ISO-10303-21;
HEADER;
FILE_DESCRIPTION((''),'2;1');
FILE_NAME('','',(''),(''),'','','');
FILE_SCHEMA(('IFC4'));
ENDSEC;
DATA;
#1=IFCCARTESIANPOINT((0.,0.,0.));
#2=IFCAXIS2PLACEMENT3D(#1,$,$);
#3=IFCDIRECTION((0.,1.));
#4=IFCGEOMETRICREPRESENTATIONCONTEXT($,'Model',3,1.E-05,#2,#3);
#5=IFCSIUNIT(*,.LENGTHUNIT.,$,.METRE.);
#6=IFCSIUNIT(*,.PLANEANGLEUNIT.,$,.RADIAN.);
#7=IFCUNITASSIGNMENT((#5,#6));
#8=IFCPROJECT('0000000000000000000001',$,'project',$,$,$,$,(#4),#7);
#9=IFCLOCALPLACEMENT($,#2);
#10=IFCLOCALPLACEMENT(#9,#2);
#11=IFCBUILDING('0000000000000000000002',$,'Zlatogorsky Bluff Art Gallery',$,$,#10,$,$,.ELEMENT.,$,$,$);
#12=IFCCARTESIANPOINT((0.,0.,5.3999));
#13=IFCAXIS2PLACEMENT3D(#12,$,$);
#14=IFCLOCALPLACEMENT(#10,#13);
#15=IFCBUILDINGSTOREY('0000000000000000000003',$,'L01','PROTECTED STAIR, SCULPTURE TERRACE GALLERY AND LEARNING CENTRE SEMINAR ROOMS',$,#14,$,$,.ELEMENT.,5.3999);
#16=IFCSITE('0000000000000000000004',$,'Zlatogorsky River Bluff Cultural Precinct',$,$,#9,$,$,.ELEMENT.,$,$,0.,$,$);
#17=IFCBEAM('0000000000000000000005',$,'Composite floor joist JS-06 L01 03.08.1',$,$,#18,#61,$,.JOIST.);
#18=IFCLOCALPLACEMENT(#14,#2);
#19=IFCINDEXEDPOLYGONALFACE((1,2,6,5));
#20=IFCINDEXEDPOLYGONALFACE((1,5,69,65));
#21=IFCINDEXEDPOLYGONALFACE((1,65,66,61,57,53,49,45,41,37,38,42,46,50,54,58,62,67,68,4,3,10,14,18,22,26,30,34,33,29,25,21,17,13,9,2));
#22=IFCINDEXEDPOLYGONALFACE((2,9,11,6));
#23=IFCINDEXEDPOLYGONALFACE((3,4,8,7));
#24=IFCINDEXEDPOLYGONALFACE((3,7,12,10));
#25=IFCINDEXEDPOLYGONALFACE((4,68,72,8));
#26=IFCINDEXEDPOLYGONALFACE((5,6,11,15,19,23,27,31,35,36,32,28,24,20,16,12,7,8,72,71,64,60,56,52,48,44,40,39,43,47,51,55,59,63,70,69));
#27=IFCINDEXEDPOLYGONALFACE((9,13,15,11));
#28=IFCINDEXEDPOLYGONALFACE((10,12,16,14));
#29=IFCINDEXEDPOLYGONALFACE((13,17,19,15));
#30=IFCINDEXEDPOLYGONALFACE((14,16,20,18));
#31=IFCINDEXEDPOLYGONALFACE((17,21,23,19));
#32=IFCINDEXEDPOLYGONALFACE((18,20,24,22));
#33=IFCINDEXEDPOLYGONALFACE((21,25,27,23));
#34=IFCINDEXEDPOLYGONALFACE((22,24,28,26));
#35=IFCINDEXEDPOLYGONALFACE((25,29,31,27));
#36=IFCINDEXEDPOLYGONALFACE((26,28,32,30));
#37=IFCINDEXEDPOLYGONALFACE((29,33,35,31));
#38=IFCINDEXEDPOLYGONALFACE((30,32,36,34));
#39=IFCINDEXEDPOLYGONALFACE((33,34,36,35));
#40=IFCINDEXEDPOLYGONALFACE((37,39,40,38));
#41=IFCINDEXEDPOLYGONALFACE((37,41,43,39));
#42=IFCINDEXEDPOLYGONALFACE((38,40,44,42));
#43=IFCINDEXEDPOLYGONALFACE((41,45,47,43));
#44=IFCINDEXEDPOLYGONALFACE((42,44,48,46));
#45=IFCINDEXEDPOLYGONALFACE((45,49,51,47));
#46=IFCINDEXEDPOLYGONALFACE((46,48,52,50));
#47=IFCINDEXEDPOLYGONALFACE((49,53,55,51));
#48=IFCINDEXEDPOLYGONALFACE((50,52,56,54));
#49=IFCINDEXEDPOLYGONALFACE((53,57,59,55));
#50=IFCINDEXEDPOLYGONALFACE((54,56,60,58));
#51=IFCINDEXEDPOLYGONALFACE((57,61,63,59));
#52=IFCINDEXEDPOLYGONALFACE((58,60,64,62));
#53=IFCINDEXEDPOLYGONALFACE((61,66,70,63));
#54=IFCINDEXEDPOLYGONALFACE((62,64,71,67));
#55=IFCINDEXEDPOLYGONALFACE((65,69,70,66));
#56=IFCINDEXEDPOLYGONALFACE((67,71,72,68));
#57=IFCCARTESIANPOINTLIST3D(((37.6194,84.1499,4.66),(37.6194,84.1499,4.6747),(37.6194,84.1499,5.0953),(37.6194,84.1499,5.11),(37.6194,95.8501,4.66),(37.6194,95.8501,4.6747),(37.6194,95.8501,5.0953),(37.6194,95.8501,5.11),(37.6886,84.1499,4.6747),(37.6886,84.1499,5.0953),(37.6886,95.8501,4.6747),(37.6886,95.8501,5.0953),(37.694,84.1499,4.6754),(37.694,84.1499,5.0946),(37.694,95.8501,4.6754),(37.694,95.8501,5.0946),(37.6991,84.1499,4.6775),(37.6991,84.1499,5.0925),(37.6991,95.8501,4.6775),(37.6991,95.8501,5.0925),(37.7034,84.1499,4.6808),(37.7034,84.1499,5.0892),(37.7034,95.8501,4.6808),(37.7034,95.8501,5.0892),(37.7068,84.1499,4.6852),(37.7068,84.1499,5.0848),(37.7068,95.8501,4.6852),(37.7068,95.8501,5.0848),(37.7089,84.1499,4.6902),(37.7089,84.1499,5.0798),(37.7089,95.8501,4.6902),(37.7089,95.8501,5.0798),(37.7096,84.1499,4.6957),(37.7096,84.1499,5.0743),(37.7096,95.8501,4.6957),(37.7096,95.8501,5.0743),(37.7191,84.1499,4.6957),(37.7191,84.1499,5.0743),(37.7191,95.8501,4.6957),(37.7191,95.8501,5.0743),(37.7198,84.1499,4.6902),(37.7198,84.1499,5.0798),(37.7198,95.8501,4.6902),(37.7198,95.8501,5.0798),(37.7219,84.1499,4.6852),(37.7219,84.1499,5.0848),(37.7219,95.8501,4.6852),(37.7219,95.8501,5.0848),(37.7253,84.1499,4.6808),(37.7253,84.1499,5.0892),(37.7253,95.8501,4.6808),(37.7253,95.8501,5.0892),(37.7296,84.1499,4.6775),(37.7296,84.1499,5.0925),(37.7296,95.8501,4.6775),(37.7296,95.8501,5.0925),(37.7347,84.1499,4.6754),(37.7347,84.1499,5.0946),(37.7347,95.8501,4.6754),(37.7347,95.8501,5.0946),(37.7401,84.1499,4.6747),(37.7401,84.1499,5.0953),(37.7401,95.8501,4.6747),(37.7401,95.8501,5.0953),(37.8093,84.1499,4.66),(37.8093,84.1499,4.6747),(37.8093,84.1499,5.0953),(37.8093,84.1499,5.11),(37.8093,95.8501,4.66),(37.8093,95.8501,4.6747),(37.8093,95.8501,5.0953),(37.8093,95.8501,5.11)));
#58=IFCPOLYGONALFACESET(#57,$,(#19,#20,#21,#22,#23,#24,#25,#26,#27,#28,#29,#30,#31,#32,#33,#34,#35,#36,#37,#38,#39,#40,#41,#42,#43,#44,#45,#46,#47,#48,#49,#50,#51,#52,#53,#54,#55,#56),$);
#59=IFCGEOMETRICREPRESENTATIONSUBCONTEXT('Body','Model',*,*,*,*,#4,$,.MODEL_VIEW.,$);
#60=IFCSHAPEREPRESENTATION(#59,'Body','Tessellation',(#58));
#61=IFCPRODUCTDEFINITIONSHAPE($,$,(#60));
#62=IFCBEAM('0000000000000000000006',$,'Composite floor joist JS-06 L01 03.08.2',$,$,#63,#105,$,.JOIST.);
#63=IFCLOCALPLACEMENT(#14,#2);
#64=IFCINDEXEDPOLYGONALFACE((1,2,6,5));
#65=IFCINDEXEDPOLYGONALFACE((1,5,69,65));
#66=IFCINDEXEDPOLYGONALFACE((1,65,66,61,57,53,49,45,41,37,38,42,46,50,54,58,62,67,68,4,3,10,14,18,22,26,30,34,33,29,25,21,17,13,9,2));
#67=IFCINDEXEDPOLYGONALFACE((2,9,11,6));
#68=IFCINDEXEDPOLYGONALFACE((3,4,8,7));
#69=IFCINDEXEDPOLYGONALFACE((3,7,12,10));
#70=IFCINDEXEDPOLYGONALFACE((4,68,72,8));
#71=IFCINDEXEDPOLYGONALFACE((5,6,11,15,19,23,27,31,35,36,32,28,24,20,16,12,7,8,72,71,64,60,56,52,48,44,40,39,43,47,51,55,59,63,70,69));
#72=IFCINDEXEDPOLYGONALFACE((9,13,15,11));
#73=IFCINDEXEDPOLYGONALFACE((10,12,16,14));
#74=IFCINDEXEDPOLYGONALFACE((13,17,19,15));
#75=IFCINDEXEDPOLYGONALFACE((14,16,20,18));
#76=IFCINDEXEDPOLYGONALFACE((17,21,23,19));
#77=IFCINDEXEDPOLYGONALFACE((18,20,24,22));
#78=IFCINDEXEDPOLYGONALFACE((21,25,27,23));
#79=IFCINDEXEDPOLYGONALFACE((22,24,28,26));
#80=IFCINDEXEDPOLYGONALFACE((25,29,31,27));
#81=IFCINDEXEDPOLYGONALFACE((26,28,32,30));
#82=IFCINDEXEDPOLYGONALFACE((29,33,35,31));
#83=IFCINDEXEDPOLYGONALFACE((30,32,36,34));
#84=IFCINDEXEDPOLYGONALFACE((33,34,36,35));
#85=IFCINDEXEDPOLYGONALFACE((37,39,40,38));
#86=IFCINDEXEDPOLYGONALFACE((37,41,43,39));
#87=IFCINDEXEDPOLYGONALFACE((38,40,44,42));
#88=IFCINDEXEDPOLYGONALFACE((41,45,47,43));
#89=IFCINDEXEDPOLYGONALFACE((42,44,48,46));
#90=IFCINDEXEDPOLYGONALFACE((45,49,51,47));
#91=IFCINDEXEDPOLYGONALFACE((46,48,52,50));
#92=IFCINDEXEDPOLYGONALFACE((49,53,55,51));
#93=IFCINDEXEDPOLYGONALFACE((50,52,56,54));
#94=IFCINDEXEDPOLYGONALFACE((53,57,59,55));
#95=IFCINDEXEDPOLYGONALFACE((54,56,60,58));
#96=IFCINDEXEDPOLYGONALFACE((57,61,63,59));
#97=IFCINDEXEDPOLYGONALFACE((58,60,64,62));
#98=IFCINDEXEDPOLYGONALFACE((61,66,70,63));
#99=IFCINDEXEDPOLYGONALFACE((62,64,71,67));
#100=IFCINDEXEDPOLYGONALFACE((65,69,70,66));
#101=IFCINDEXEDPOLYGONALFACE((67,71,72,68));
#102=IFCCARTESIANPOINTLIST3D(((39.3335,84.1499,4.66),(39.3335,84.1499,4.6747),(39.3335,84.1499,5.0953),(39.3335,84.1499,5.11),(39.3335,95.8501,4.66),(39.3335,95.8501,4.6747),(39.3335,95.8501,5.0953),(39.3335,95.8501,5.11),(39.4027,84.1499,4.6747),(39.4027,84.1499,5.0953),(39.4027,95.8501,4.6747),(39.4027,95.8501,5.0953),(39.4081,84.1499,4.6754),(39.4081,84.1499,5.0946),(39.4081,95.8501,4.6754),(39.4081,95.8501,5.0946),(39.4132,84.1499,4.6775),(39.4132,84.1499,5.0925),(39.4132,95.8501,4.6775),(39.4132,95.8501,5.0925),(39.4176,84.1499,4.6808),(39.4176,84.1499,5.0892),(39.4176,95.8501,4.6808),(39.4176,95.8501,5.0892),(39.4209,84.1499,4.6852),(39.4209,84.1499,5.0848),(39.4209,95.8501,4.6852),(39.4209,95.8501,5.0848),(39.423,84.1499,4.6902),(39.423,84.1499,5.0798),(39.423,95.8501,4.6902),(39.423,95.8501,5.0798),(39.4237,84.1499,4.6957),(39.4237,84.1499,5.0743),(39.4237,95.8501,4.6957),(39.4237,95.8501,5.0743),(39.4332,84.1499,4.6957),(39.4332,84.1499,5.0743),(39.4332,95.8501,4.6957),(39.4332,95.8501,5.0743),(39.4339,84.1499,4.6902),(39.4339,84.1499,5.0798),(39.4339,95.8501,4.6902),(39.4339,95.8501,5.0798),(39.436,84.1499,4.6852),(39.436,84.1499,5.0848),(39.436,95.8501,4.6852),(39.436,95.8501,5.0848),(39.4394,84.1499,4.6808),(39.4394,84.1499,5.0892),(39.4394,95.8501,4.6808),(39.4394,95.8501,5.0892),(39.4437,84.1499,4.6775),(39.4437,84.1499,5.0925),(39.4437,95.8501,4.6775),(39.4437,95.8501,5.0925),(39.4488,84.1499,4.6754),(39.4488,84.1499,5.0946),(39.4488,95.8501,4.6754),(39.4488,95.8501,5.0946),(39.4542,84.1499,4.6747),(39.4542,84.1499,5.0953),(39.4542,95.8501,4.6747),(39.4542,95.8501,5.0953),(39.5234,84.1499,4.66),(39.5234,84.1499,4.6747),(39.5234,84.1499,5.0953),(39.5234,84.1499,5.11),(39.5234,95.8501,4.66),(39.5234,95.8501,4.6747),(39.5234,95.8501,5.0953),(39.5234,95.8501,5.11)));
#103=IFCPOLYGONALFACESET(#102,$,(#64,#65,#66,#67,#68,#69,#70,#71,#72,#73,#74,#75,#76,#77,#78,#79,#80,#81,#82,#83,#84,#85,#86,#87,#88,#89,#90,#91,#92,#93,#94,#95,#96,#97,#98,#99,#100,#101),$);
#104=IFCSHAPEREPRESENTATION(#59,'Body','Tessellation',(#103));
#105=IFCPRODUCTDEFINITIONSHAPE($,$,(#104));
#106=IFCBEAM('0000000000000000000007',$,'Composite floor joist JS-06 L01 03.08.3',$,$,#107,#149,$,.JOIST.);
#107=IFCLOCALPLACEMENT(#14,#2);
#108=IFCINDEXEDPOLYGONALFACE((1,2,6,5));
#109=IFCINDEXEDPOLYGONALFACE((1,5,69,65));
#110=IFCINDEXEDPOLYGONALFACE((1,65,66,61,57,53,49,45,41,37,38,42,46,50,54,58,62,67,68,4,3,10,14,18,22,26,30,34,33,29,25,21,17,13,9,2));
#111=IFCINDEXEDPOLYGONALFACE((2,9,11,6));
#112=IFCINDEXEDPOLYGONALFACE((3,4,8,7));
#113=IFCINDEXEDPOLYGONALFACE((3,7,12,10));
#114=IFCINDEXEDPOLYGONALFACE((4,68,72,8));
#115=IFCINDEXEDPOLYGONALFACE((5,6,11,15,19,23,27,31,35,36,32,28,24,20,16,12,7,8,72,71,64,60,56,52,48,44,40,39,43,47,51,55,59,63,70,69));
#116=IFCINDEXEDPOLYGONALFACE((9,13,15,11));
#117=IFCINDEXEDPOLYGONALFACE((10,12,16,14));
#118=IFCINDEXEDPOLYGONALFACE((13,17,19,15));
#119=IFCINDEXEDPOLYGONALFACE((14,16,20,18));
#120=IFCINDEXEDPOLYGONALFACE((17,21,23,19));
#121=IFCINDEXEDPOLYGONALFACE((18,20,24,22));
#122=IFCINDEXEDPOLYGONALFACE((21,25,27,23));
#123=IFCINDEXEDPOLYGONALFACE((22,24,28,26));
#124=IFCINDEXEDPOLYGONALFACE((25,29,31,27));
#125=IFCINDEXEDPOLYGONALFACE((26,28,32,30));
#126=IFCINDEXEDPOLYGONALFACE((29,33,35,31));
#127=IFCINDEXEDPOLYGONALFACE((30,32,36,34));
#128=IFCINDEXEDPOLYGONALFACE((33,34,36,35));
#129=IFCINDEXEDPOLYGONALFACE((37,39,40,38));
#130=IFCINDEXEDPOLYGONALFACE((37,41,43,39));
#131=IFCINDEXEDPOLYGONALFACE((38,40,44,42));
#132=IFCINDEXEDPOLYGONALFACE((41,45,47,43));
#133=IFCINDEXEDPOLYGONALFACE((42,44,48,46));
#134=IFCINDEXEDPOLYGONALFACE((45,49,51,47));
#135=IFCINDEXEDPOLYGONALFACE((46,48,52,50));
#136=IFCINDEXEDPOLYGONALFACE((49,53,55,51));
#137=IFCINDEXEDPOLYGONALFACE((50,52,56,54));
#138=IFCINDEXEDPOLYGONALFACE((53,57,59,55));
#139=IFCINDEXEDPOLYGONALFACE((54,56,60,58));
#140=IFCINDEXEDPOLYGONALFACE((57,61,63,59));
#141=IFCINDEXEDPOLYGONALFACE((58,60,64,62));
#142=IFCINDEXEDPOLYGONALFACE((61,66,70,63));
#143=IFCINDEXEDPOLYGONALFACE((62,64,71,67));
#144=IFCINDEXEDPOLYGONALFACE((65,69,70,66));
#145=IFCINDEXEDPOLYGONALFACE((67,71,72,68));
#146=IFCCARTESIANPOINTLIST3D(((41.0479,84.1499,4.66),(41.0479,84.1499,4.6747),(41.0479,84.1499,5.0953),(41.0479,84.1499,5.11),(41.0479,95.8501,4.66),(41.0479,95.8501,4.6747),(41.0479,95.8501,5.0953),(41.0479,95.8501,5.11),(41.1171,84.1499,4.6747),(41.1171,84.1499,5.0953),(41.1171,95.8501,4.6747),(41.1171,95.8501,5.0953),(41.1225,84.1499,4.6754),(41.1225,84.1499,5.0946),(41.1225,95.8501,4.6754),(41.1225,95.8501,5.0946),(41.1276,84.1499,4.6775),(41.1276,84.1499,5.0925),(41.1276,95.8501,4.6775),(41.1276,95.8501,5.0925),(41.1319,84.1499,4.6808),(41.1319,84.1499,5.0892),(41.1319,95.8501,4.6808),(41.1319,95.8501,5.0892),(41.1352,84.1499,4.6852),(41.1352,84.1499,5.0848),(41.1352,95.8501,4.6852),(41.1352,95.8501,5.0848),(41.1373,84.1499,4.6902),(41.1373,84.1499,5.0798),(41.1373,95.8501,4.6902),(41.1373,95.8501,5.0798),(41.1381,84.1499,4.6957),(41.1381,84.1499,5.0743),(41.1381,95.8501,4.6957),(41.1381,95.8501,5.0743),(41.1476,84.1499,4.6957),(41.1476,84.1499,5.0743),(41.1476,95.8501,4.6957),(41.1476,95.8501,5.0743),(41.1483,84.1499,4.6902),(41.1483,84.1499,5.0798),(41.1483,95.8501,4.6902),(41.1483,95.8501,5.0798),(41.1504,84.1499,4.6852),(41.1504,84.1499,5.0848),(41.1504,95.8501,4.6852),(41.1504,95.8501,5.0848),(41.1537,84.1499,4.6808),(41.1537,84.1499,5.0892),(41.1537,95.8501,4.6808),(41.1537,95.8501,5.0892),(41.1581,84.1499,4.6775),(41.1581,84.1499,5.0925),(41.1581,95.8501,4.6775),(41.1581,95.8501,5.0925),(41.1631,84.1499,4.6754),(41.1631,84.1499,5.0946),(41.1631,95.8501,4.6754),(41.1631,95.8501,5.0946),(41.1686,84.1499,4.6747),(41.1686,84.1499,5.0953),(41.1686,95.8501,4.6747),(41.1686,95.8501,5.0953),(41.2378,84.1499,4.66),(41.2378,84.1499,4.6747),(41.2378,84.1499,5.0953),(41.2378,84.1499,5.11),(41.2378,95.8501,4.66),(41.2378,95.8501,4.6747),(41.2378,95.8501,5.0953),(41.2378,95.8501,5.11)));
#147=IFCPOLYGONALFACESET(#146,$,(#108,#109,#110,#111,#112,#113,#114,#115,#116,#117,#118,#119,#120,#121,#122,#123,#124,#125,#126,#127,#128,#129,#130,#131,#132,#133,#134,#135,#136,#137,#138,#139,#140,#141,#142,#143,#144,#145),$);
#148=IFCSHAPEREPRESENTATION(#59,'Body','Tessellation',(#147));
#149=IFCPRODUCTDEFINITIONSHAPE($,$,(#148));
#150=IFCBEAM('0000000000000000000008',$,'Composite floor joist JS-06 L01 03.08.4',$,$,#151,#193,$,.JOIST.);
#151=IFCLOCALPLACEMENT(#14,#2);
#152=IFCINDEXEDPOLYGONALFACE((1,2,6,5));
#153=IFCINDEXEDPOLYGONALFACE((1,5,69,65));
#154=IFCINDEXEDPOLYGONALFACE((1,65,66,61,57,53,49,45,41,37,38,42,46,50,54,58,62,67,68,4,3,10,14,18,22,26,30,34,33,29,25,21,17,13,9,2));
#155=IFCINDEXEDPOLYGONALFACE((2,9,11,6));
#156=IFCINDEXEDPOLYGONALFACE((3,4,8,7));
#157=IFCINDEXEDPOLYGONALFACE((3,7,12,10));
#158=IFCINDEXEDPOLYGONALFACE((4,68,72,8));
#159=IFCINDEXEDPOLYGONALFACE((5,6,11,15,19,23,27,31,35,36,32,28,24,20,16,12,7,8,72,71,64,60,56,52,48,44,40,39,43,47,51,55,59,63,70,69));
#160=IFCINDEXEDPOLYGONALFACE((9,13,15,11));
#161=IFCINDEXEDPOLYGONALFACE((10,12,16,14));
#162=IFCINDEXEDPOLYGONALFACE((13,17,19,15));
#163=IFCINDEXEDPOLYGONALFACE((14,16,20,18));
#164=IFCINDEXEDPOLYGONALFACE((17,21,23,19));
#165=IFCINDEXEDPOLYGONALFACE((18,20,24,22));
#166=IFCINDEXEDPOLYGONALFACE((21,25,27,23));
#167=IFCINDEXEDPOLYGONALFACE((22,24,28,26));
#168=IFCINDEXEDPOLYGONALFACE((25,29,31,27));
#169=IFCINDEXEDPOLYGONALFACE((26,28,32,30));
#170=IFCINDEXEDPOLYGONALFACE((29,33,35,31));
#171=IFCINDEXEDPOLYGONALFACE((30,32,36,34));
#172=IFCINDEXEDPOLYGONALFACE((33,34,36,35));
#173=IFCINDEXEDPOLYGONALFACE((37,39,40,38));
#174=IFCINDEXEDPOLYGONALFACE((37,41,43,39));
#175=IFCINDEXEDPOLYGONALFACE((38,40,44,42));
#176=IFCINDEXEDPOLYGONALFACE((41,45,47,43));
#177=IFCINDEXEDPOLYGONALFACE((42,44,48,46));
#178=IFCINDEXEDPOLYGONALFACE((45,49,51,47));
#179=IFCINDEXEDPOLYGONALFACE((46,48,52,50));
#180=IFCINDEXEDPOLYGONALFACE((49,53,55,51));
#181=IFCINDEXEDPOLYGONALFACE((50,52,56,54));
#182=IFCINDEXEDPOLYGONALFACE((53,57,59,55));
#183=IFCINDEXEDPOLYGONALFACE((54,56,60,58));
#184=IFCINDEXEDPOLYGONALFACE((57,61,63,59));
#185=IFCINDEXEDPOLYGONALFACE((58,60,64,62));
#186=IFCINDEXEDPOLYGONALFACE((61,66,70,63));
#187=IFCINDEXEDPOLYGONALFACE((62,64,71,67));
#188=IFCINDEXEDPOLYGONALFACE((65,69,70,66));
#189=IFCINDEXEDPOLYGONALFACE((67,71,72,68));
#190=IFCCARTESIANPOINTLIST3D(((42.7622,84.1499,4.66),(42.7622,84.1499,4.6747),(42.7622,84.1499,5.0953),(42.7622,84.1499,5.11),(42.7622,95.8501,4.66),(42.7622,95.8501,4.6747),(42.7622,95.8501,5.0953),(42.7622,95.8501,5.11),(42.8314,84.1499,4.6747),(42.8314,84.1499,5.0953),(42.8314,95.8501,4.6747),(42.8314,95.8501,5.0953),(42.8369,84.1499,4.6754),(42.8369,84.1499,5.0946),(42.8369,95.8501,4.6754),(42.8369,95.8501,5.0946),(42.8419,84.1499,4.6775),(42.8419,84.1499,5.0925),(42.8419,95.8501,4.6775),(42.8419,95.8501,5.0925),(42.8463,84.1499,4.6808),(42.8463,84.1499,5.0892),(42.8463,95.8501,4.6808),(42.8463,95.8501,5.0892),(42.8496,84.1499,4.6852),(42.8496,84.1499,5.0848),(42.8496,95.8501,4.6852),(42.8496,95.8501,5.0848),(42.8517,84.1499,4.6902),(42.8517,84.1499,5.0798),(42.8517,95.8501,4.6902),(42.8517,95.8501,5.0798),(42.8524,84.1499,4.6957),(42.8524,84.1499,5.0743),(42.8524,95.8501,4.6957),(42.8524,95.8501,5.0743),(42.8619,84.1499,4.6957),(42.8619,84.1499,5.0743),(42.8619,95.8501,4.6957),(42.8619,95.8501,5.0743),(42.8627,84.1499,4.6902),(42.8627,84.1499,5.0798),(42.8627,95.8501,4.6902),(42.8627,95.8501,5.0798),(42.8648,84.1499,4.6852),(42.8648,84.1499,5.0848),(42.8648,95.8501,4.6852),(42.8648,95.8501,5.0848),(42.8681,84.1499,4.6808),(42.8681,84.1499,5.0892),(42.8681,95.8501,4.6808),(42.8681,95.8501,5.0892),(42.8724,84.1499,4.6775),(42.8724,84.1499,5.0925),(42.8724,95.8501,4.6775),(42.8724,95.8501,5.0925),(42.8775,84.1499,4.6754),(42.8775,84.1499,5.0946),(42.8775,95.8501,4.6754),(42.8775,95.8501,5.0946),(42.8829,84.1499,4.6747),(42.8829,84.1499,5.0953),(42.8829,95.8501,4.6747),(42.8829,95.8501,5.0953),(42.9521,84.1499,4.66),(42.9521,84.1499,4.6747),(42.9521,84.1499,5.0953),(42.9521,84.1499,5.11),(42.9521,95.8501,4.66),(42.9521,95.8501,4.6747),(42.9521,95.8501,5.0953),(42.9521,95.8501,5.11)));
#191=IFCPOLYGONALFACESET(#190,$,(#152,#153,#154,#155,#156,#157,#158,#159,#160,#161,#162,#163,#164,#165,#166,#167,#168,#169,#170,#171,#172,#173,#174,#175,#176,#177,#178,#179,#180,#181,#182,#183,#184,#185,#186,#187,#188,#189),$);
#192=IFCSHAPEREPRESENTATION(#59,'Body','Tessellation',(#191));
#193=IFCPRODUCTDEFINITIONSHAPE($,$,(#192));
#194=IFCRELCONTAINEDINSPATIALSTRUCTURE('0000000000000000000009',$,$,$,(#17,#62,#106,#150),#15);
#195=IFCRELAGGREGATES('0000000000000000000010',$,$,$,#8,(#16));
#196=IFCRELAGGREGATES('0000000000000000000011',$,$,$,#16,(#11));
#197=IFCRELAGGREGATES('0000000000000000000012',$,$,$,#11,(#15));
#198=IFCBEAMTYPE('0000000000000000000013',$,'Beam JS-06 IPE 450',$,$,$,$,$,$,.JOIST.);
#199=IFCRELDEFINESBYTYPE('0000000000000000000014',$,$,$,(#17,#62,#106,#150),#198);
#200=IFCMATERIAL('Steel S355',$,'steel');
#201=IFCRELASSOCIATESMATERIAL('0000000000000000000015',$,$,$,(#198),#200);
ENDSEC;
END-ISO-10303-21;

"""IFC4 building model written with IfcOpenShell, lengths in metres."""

from ifc_helpers import new_model, si_unit, direction, frame, origin, origin_2d, place, context, subcontext, project, spatial, i_section, extrude, material, material_profile, profile_set, type_object, element, save


model = new_model("IFC4")

# Units and contexts
model_context = context("Model", 3, precision=1e-05, world=origin(), true_north=direction((0.0, 1.0)))
body_context = subcontext(model_context, "Body", "Model", "MODEL_VIEW")
ifc_project = project(units=[si_unit("LENGTHUNIT", "METRE"), si_unit("PLANEANGLEUNIT", "RADIAN")], contexts=[model_context])

# Site, building, storey
site_placement = place(None, origin())
site = spatial("IfcSite", under=ifc_project, at=site_placement, Name="Zlatogorsky River Bluff Cultural Precinct", CompositionType="ELEMENT", RefElevation=0.0)
building_placement = place(site_placement, origin())
building = spatial("IfcBuilding", under=site, at=building_placement, Name="Zlatogorsky Bluff Art Gallery", CompositionType="ELEMENT")
storey_placement = place(building_placement, frame((0.0, 0.0, 5.3999)))
storey = spatial("IfcBuildingStorey", under=building, at=storey_placement, Name="L01", Description="PROTECTED STAIR, SCULPTURE TERRACE GALLERY AND LEARNING CENTRE SEMINAR ROOMS", CompositionType="ELEMENT", Elevation=5.3999)

# Beams
ifc_material_1 = material(Name="Steel S355", Category="steel")
ifc_material_profile_1 = material_profile(ifc_material_1, i_section(OverallWidth=0.1899, OverallDepth=0.45, WebThickness=0.0095, FlangeThickness=0.0146, FilletRadius=0.021, at=origin_2d()), Name="IPE 450")
ifc_profile_set_1 = profile_set([ifc_material_profile_1], Name="Steel S355")
beam_type_1 = type_object("IfcBeamType", Name="Beam JS-06 IPE 450", PredefinedType="JOIST", material=ifc_profile_set_1)
for number, where, z_axis, x_axis, name in (
    (1, (37.7144, 84.1499, 4.885), (0.0, 1.0, 0.0), (-1.0, 0.0, 0.0), "Composite floor joist JS-06 L01 03.08.1"),
    (2, (39.4285, 84.1499, 4.885), (0.0, 1.0, 0.0), (-1.0, 0.0, 0.0), "Composite floor joist JS-06 L01 03.08.2"),
    (3, (41.1428, 84.1499, 4.885), (0.0, 1.0, 0.0), (-1.0, 0.0, 0.0), "Composite floor joist JS-06 L01 03.08.3"),
    (4, (42.8572, 84.1499, 4.885), (0.0, 1.0, 0.0), (-1.0, 0.0, 0.0), "Composite floor joist JS-06 L01 03.08.4"),
):
    element("IfcBeam", number, at=place(storey_placement, frame(where, z_axis=z_axis, x_axis=x_axis)), inside=storey, type_object=beam_type_1, Name=name, PredefinedType="JOIST", context=body_context, shape_type="SweptSolid", body=[
        extrude(i_section(OverallWidth=0.1899, OverallDepth=0.45, WebThickness=0.0095, FlangeThickness=0.0146, FilletRadius=0.021, at=origin_2d()), origin(), (0.0, 0.0, 1.0), 11.7002),
    ])

save(model, "model.ifc")
